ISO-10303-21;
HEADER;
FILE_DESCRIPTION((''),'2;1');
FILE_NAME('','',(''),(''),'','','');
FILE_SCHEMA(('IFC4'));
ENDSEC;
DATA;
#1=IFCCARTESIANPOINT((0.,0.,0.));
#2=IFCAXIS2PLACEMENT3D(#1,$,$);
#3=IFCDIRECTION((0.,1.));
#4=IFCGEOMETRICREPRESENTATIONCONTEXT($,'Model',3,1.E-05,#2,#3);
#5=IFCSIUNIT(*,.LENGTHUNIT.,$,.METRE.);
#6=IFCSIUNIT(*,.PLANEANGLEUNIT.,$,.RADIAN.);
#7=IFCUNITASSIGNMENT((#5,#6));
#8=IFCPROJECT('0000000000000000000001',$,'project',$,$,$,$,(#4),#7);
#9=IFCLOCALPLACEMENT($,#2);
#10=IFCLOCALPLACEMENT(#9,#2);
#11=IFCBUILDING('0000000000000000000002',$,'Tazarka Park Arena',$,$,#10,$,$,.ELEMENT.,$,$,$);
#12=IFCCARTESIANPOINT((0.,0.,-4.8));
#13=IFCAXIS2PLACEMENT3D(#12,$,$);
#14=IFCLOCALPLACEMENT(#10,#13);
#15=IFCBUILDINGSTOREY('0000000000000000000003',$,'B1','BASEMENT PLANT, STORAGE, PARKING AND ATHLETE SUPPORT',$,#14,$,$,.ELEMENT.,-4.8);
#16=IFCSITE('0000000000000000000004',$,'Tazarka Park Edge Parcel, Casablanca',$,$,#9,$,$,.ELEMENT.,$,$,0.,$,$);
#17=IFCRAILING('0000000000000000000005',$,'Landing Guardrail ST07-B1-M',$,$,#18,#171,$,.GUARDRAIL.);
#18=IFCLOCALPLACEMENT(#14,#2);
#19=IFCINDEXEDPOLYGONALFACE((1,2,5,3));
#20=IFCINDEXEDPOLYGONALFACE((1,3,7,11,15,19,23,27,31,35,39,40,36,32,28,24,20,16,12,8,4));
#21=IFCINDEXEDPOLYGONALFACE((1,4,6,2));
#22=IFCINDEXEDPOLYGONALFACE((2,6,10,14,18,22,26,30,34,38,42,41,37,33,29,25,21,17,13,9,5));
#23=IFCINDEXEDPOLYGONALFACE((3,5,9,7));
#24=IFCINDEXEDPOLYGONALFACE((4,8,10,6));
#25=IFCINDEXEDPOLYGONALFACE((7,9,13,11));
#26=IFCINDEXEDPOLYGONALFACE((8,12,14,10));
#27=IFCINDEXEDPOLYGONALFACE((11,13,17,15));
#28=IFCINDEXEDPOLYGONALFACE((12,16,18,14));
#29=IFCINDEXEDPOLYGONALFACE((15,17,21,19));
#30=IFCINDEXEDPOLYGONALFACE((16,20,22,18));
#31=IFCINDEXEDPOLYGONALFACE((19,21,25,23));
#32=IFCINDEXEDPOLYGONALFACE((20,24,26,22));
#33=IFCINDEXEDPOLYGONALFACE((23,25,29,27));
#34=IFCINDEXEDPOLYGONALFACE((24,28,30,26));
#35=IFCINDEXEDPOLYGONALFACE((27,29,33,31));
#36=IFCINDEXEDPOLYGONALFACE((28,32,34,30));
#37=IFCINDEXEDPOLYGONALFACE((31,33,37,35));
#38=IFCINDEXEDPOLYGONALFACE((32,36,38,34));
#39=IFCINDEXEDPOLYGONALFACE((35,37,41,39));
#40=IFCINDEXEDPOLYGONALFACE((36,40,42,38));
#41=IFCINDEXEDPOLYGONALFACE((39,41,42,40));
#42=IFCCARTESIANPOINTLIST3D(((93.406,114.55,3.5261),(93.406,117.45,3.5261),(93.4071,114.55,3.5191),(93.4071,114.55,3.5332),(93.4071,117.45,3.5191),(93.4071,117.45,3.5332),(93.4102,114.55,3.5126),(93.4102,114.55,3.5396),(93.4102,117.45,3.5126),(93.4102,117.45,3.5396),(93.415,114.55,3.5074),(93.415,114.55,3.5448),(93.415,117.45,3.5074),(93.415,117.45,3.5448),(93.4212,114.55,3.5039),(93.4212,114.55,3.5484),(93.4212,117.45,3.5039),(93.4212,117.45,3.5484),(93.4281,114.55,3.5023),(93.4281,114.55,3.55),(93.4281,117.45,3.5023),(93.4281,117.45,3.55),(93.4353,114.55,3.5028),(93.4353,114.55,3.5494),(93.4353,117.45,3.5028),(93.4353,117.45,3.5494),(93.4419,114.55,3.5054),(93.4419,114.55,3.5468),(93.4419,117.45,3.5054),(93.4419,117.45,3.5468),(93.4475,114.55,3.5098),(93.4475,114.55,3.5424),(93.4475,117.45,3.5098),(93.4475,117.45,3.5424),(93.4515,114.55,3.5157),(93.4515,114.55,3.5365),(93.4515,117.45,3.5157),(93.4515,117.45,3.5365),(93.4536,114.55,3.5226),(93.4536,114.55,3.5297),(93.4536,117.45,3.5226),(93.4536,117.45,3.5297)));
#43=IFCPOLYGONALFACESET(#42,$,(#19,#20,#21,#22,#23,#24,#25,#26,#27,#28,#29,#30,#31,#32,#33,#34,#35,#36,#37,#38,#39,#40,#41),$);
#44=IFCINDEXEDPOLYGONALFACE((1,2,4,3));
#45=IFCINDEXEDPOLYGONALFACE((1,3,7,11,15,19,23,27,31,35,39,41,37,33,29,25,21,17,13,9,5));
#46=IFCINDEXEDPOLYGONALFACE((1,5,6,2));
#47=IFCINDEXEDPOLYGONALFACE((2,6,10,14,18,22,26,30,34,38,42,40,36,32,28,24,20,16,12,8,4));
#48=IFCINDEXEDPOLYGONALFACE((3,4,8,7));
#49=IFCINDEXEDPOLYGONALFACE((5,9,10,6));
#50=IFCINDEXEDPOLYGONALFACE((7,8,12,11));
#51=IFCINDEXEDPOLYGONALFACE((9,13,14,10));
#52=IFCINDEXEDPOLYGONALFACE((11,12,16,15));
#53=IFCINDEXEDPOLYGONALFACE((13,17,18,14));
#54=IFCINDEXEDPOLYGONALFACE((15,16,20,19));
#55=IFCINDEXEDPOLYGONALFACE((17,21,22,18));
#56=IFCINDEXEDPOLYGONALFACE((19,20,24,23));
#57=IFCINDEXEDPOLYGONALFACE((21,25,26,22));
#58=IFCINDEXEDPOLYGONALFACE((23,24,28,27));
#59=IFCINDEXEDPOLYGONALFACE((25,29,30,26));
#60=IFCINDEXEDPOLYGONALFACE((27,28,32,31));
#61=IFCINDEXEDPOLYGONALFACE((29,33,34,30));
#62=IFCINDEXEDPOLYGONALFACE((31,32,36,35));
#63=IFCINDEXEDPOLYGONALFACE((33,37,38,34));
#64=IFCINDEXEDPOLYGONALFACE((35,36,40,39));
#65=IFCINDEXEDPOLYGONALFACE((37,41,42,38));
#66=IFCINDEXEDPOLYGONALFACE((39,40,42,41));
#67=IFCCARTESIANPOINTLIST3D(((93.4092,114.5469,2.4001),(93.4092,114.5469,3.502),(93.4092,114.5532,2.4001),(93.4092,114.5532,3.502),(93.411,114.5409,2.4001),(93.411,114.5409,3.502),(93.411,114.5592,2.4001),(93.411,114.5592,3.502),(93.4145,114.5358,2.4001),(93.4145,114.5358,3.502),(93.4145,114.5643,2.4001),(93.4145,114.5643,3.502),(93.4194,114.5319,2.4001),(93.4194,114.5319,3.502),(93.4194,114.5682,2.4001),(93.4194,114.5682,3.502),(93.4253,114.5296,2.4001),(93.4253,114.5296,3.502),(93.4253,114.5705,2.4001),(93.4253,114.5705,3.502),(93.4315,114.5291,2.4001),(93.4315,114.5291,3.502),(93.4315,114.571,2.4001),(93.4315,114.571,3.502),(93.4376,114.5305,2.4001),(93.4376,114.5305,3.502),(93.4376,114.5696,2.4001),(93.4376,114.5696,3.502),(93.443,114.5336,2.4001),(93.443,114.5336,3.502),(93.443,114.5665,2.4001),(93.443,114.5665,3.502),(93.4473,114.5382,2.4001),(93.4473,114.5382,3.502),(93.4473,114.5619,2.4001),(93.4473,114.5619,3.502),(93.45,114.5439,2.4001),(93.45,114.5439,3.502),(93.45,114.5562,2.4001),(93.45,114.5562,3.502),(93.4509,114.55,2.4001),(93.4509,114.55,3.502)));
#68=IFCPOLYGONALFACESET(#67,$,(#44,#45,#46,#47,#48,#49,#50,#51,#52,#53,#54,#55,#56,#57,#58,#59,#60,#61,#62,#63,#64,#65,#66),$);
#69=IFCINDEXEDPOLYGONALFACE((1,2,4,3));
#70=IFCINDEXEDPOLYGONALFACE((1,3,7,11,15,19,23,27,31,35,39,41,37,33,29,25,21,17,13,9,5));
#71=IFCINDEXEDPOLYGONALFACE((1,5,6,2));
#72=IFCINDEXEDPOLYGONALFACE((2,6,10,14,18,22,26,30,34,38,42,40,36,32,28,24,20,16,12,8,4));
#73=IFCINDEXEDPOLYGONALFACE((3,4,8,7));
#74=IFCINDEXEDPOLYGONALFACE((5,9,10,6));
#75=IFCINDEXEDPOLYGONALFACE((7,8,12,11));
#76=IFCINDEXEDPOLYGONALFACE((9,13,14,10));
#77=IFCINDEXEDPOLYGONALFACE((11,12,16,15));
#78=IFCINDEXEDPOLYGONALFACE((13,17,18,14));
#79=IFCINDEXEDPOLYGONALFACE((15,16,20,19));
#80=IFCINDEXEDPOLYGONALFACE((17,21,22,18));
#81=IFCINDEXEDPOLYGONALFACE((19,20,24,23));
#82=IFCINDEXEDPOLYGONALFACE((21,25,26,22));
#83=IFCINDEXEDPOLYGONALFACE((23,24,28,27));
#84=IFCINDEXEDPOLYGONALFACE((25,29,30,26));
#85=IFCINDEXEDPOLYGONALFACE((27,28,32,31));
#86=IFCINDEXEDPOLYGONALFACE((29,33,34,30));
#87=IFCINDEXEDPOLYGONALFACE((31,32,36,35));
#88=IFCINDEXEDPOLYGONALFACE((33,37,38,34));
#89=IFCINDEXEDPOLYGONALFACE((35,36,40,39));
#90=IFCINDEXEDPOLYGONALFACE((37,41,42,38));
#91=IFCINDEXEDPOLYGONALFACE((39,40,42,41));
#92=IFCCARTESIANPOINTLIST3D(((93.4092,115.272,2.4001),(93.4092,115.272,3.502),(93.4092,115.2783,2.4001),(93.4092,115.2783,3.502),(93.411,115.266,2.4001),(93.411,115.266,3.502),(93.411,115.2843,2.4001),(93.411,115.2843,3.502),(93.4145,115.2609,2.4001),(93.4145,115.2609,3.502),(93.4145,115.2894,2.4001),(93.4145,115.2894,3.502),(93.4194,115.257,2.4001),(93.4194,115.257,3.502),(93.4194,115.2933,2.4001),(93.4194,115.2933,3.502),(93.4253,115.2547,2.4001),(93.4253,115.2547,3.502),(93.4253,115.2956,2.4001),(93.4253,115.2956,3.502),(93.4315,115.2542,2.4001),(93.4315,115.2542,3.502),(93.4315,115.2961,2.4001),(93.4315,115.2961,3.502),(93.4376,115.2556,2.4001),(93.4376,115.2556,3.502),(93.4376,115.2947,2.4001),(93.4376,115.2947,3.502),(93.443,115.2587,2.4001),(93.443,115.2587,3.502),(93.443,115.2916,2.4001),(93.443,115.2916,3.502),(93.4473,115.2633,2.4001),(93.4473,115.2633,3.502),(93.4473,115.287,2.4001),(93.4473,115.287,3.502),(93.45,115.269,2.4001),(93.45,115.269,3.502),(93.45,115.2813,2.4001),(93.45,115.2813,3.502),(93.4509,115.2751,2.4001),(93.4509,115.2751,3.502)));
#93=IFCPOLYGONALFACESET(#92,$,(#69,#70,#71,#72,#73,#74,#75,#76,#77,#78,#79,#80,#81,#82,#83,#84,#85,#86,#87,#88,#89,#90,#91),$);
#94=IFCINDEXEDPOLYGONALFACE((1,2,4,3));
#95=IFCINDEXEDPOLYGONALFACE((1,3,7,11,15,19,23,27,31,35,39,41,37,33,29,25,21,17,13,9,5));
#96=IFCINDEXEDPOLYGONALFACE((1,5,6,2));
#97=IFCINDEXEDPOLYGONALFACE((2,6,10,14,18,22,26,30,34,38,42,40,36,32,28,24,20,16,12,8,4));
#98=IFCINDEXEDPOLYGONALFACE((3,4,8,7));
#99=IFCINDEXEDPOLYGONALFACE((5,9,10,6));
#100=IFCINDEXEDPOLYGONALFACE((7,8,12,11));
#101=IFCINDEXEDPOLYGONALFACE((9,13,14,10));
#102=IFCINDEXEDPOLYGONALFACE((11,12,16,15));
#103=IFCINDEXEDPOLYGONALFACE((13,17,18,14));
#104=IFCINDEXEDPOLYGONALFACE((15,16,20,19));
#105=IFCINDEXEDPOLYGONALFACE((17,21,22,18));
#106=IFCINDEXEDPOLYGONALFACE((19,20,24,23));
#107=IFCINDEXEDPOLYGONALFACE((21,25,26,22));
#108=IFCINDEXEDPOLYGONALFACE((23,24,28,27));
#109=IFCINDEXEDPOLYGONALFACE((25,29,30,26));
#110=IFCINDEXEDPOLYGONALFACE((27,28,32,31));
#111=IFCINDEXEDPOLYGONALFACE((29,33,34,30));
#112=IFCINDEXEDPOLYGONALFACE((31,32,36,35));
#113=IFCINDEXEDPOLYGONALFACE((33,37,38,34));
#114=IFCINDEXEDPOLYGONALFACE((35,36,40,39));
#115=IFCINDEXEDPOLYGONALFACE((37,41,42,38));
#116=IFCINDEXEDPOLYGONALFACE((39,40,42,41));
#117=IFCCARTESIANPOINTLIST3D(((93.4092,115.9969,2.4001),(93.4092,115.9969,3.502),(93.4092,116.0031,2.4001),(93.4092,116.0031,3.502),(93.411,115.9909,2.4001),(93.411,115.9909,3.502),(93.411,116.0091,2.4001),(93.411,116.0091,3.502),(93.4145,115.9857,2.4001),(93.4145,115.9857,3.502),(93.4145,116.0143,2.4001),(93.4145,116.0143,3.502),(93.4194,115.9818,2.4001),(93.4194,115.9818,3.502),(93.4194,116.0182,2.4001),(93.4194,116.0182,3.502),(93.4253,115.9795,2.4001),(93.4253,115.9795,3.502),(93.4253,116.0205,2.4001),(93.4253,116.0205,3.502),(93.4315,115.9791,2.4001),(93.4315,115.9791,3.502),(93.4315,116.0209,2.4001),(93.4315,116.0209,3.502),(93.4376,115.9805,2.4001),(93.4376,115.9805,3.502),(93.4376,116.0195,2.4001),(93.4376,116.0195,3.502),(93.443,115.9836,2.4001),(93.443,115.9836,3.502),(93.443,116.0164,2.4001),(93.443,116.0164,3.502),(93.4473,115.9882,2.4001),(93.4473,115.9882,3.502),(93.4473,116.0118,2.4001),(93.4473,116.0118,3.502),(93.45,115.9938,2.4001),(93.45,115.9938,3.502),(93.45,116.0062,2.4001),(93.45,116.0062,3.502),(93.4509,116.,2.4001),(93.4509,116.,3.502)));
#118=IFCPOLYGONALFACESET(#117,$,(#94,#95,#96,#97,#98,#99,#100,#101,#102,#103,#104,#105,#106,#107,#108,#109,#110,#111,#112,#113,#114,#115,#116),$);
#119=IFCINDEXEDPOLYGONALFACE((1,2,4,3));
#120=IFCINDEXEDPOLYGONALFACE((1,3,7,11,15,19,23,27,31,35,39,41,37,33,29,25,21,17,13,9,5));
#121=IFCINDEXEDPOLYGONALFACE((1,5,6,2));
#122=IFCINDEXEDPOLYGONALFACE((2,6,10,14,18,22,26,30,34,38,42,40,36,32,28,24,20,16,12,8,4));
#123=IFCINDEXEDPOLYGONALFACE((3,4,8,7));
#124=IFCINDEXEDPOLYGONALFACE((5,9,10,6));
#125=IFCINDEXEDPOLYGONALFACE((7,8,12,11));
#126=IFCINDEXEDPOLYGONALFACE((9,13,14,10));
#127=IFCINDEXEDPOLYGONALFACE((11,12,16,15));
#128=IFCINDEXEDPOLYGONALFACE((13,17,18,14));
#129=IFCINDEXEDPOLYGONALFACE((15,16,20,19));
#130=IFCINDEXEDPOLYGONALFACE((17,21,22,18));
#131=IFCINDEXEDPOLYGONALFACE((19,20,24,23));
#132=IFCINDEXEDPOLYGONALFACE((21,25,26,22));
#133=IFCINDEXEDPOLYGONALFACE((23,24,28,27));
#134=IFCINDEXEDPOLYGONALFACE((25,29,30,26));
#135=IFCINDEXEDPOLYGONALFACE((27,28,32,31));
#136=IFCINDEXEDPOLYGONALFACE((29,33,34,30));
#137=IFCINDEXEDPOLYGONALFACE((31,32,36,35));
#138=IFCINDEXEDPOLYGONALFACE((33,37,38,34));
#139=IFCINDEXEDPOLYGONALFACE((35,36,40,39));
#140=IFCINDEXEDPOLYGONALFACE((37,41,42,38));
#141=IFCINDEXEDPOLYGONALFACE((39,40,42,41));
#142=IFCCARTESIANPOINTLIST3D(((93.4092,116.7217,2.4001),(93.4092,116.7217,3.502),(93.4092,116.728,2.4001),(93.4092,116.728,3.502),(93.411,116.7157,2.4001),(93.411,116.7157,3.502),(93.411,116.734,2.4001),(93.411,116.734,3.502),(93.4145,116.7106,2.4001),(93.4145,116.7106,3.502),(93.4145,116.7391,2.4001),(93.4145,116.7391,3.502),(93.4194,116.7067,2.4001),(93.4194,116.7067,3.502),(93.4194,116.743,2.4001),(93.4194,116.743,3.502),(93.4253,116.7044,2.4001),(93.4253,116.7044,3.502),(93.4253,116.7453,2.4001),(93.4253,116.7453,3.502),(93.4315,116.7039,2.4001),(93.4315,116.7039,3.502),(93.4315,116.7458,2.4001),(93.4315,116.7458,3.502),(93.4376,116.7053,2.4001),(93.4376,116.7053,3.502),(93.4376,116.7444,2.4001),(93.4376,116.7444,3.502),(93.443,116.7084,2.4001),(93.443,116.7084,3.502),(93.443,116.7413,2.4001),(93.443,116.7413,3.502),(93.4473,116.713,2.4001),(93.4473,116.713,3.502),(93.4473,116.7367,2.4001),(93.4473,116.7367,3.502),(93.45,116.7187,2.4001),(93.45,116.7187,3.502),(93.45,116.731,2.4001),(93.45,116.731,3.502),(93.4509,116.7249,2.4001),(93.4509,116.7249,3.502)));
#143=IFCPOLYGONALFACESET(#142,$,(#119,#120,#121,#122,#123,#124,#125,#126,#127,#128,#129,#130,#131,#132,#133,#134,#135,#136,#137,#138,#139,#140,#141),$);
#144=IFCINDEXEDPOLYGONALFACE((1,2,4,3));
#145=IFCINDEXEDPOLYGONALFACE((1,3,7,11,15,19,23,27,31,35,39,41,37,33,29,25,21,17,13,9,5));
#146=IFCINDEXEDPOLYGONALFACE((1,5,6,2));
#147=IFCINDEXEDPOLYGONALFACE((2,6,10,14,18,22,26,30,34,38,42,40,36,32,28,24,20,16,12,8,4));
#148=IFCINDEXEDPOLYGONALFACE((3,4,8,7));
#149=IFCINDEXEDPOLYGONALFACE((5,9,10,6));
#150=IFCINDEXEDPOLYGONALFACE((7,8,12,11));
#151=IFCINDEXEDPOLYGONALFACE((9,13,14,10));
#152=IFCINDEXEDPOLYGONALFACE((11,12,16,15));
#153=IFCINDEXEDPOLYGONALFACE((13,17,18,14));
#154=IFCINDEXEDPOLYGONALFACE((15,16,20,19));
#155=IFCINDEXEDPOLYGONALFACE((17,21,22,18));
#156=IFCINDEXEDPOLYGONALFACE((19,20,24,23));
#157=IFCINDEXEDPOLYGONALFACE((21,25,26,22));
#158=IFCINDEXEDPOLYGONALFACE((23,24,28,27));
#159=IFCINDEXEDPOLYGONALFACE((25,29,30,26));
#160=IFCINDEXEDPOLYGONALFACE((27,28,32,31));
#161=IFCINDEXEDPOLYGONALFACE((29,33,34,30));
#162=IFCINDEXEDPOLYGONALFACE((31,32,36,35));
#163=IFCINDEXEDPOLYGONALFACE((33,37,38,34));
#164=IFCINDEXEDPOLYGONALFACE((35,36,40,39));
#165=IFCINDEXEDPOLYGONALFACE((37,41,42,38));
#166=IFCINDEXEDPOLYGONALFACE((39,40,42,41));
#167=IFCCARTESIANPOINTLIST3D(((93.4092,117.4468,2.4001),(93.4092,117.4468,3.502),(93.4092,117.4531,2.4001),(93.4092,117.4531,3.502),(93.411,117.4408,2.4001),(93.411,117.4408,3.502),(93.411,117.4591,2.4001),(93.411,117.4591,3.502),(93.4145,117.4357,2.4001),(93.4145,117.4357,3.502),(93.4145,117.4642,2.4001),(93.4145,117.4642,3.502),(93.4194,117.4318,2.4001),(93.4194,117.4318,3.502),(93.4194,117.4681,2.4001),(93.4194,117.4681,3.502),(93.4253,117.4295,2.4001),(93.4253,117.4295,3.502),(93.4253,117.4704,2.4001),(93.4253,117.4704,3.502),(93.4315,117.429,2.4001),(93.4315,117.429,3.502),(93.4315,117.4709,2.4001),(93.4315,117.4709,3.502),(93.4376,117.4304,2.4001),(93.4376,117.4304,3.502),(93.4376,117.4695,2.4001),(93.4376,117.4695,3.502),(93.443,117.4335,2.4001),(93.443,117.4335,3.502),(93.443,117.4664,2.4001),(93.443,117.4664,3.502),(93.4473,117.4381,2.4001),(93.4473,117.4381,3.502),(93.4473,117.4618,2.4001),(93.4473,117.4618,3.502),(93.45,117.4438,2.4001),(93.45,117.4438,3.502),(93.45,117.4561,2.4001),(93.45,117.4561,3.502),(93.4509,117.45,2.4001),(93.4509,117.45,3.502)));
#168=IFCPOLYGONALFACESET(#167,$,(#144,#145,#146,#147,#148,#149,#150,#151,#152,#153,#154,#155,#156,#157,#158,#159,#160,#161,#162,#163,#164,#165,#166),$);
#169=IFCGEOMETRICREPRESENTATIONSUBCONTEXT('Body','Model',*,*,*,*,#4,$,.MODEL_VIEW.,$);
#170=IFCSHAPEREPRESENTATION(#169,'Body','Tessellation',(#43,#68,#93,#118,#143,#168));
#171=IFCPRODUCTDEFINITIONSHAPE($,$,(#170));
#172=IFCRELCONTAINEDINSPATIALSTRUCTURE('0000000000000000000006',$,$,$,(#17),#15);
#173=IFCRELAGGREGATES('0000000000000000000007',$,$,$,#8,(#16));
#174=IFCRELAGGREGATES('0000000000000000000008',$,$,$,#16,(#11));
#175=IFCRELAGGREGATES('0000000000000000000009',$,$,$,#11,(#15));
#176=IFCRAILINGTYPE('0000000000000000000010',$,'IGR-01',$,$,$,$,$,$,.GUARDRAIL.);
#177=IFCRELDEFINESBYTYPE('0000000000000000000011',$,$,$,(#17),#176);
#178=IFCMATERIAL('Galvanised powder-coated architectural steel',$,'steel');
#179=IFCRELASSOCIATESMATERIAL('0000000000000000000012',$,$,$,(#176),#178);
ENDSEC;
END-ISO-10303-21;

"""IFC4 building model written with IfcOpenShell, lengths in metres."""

from ifc_helpers import new_model, si_unit, direction, frame, origin, origin_2d, place, context, subcontext, project, spatial, circle, extrude, material, type_object, element, save


model = new_model("IFC4")

# Units and contexts
model_context = context("Model", 3, precision=1e-05, world=origin(), true_north=direction((0.0, 1.0)))
body_context = subcontext(model_context, "Body", "Model", "MODEL_VIEW")
ifc_project = project(units=[si_unit("LENGTHUNIT", "METRE"), si_unit("PLANEANGLEUNIT", "RADIAN")], contexts=[model_context])

# Site, building, storey
site_placement = place(None, origin())
site = spatial("IfcSite", under=ifc_project, at=site_placement, Name="Tazarka Park Edge Parcel, Casablanca", CompositionType="ELEMENT", RefElevation=0.0)
building_placement = place(site_placement, origin())
building = spatial("IfcBuilding", under=site, at=building_placement, Name="Tazarka Park Arena", CompositionType="ELEMENT")
storey_placement = place(building_placement, frame((0.0, 0.0, -4.8)))
storey = spatial("IfcBuildingStorey", under=building, at=storey_placement, Name="B1", Description="BASEMENT PLANT, STORAGE, PARKING AND ATHLETE SUPPORT", CompositionType="ELEMENT", Elevation=-4.8)

# Railing
ifc_material_1 = material(Name="Galvanised powder-coated architectural steel", Category="steel")
railing_type_1 = type_object("IfcRailingType", Name="IGR-01", PredefinedType="GUARDRAIL", material=ifc_material_1)
railing_1_placement = place(storey_placement, frame((93.4299, 114.55, 2.4001)))
element("IfcRailing", 1, at=railing_1_placement, inside=storey, type_object=railing_type_1, Name="Landing Guardrail ST07-B1-M", PredefinedType="GUARDRAIL", context=body_context, shape_type="SweptSolid", body=[
    extrude(circle(Radius=0.0239, at=origin_2d()), frame((0.0, 0.0, 1.126), z_axis=(0.0, 1.0, 0.0), x_axis=(-1.0, 0.0, 0.0)), (0.0, 0.0, 1.0), 2.8999),
    extrude(circle(Radius=0.021, at=origin_2d()), origin(), (0.0, 0.0, 1.0), 1.1018),
    extrude(circle(Radius=0.021, at=origin_2d()), frame((0.0, 0.7251, 0.0)), (0.0, 0.0, 1.0), 1.1018),
    extrude(circle(Radius=0.021, at=origin_2d()), frame((0.0, 1.45, 0.0)), (0.0, 0.0, 1.0), 1.1018),
    extrude(circle(Radius=0.021, at=origin_2d()), frame((0.0, 2.1748, 0.0)), (0.0, 0.0, 1.0), 1.1018),
    extrude(circle(Radius=0.021, at=origin_2d()), frame((0.0, 2.8999, 0.0)), (0.0, 0.0, 1.0), 1.1018),
])

save(model, "model.ifc")
